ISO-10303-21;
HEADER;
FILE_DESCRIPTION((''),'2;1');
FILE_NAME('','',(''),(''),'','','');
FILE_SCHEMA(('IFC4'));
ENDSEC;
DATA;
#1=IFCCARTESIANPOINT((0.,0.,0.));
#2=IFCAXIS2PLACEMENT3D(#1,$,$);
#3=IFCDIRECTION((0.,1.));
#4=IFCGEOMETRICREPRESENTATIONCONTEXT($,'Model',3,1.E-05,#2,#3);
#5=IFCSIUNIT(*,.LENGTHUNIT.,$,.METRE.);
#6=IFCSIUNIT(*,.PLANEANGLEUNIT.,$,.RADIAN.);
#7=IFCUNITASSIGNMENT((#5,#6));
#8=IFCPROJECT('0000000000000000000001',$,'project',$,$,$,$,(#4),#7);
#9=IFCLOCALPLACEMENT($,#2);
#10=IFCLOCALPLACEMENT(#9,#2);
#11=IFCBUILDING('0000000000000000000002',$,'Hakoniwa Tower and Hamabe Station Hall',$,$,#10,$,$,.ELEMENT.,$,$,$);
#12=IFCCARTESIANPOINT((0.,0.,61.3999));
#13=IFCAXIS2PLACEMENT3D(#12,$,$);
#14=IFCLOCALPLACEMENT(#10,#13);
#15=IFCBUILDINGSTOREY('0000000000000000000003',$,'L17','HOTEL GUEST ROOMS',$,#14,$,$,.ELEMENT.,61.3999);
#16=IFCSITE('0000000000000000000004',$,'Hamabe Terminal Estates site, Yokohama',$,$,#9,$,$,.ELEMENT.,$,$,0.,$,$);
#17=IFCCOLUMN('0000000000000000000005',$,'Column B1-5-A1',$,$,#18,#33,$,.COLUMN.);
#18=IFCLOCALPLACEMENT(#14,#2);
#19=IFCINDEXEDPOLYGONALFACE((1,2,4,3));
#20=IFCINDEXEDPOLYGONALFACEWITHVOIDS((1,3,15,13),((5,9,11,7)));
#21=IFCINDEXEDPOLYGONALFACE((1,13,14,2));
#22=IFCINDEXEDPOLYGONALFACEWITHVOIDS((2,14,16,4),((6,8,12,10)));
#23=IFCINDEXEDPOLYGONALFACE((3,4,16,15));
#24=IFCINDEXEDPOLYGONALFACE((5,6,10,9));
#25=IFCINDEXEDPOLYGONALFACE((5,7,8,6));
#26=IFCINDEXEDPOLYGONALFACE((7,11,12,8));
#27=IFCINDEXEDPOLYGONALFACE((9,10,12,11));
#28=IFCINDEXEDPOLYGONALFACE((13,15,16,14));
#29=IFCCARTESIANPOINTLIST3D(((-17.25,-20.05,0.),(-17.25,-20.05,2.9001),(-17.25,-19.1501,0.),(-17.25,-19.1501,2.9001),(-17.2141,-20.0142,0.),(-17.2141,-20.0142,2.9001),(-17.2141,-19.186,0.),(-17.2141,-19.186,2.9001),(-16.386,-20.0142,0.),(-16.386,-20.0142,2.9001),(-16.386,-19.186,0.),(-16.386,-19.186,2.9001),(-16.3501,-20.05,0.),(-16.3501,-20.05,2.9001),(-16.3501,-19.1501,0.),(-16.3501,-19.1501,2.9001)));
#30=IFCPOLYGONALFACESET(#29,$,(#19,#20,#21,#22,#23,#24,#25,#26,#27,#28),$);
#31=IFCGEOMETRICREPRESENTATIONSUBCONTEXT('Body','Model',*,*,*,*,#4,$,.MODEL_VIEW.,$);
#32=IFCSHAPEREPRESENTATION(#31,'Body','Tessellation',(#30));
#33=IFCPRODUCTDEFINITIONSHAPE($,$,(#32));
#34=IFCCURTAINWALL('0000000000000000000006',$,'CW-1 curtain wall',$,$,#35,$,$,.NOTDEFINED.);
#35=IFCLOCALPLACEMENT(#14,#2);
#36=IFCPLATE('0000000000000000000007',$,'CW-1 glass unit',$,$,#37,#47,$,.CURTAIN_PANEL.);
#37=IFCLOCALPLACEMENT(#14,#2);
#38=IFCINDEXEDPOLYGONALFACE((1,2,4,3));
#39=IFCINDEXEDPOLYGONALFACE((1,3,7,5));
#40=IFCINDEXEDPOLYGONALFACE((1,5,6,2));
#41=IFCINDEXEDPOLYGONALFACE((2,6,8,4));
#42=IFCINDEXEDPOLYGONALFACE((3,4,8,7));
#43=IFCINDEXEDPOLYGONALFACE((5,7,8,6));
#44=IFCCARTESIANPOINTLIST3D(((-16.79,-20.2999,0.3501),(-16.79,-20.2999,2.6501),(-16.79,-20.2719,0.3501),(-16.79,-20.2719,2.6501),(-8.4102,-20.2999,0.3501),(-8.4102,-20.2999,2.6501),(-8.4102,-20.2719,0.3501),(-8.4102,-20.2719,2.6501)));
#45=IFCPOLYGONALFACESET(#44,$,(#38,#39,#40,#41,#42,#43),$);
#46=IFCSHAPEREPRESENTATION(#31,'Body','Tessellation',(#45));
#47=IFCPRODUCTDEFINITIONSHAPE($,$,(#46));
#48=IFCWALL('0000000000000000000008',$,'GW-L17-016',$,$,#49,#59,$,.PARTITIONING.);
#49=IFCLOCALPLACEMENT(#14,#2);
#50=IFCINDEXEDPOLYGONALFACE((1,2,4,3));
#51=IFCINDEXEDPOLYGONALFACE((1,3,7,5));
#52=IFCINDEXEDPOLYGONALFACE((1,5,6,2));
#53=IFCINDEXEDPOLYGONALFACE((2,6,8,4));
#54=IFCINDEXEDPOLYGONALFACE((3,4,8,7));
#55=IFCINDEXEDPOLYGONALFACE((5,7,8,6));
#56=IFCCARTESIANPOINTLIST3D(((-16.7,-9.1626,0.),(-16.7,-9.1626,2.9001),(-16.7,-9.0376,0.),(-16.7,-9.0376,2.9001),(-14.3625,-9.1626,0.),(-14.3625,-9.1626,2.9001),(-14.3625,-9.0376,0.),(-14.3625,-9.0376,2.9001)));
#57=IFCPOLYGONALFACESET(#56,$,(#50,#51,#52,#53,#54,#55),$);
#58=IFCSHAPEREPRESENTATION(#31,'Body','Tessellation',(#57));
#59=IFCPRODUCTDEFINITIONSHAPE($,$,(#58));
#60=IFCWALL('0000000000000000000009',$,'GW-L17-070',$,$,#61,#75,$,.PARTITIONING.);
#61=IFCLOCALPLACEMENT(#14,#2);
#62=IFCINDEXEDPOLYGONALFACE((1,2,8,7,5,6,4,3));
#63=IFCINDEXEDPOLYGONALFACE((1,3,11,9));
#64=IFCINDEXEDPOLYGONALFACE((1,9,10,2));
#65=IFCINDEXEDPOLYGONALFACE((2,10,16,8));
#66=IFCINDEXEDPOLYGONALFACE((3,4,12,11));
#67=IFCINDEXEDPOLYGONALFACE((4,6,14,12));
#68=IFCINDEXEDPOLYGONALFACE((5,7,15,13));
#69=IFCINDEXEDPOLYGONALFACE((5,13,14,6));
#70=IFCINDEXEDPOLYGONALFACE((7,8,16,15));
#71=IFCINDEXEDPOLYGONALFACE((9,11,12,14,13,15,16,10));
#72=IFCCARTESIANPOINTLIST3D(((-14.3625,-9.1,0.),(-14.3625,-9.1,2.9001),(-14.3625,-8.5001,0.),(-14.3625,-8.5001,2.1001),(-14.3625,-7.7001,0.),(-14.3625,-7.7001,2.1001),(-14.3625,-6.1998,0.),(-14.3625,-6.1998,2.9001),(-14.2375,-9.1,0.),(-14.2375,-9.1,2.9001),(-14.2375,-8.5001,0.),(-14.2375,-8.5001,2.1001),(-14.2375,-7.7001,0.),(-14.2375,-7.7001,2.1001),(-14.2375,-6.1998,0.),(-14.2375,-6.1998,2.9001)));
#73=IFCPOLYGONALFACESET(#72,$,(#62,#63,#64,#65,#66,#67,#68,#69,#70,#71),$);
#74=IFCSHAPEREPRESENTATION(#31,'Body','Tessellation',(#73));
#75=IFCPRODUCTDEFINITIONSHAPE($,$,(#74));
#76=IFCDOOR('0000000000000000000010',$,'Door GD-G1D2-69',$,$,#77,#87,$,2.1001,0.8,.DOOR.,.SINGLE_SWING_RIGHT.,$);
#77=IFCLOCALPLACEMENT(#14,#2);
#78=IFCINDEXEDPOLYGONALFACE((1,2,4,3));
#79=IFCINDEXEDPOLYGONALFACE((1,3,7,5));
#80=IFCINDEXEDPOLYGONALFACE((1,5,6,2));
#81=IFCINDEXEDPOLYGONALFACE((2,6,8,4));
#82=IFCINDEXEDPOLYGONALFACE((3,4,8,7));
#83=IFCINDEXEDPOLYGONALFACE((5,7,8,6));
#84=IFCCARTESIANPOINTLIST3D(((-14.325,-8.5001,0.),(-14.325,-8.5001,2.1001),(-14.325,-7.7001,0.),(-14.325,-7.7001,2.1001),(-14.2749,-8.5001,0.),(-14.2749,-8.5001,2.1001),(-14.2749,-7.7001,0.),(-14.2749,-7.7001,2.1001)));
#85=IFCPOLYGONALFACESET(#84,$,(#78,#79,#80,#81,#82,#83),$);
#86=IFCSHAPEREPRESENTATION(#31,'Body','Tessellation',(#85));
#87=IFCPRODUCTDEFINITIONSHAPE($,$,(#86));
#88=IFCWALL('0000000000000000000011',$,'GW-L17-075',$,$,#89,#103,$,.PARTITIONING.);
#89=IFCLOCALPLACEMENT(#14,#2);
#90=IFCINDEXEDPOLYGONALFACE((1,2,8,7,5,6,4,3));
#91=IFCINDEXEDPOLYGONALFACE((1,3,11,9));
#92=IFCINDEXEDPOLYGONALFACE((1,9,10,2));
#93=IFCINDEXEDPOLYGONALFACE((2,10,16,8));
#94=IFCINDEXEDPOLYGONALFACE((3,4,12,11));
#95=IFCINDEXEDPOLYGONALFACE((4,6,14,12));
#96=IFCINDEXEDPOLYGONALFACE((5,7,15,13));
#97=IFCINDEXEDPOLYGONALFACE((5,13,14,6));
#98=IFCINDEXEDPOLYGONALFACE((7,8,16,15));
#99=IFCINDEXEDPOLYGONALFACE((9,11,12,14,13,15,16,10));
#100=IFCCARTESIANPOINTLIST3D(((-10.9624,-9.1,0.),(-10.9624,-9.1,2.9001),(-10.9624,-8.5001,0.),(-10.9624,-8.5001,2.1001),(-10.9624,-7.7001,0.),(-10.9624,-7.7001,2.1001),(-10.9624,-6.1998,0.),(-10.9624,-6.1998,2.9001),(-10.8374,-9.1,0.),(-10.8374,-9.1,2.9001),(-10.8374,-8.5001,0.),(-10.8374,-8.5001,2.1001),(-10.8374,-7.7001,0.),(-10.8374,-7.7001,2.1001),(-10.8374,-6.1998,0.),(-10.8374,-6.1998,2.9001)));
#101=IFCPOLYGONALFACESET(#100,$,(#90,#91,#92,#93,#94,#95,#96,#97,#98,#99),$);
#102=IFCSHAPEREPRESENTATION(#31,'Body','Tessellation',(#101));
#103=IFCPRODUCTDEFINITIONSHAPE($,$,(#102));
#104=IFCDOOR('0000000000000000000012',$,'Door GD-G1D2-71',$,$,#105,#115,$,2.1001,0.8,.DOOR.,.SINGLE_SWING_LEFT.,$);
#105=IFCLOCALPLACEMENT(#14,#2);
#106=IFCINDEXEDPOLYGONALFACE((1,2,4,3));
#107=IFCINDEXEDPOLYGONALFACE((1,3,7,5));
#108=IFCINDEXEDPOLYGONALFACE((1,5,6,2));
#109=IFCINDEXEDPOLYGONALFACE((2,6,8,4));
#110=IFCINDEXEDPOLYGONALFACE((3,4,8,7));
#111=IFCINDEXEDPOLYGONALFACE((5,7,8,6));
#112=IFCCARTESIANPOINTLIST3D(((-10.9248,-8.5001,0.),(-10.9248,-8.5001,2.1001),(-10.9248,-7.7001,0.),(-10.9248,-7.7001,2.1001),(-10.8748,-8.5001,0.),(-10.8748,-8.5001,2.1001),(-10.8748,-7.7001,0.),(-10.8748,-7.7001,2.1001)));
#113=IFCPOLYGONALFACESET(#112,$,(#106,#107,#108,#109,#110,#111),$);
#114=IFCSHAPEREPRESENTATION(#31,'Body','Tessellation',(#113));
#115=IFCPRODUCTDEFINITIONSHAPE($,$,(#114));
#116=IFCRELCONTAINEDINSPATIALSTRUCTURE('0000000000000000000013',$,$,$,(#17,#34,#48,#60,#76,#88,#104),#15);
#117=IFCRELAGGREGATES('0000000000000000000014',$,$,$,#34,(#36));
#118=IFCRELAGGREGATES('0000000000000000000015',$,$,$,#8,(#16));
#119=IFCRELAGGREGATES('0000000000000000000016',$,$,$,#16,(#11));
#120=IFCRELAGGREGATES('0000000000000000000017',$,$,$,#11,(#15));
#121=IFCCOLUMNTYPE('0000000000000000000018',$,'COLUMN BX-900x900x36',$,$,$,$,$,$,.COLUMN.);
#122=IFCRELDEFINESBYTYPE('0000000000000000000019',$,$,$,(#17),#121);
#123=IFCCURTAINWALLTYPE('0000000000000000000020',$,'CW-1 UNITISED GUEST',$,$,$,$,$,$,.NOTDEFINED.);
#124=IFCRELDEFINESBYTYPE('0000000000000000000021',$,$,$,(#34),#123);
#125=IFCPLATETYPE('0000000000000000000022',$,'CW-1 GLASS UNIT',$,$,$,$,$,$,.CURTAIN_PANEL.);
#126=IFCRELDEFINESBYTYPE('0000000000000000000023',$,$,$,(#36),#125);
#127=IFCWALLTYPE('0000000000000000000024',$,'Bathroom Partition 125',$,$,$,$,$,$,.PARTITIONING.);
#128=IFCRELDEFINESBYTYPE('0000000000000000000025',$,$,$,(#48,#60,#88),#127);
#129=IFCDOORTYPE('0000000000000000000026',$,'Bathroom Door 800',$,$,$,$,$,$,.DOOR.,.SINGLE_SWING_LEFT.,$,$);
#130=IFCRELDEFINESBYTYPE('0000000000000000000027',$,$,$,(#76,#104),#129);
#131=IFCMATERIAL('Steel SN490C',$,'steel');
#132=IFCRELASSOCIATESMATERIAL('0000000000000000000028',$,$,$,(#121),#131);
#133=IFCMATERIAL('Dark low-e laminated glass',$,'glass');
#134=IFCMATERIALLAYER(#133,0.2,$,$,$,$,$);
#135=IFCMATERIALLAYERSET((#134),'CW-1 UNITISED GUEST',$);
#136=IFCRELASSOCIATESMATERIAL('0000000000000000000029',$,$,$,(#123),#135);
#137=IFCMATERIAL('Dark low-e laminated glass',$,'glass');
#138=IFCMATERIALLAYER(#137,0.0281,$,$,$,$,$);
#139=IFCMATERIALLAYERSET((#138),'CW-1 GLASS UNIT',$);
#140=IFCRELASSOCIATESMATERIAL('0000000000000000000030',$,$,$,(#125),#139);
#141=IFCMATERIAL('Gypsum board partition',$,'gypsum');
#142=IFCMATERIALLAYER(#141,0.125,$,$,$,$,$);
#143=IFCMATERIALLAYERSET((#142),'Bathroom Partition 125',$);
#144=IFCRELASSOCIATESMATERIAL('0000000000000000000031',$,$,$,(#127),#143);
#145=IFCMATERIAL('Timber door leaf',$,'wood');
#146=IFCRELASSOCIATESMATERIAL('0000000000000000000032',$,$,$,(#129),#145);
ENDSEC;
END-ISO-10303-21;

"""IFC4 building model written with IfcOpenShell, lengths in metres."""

from ifc_helpers import new_model, si_unit, direction, frame, frame_2d, origin, origin_2d, place, context, subcontext, project, spatial, rectangle, hollow_rectangle, extrude, material, layer, layer_set, material_profile, profile_set, type_object, element, fill, aggregate, save


model = new_model("IFC4")

# Units and contexts
model_context = context("Model", 3, precision=1e-05, world=origin(), true_north=direction((0.0, 1.0)))
body_context = subcontext(model_context, "Body", "Model", "MODEL_VIEW")
ifc_project = project(units=[si_unit("LENGTHUNIT", "METRE"), si_unit("PLANEANGLEUNIT", "RADIAN")], contexts=[model_context])

# Site, building, storey
site_placement = place(None, origin())
site = spatial("IfcSite", under=ifc_project, at=site_placement, Name="Hamabe Terminal Estates site, Yokohama", CompositionType="ELEMENT", RefElevation=0.0)
building_placement = place(site_placement, origin())
building = spatial("IfcBuilding", under=site, at=building_placement, Name="Hakoniwa Tower and Hamabe Station Hall", CompositionType="ELEMENT")
storey_placement = place(building_placement, frame((0.0, 0.0, 61.3999)))
storey = spatial("IfcBuildingStorey", under=building, at=storey_placement, Name="L17", Description="HOTEL GUEST ROOMS", CompositionType="ELEMENT", Elevation=61.3999)

# Column
ifc_material_1 = material(Name="Steel SN490C", Category="steel")
ifc_material_profile = material_profile(ifc_material_1, hollow_rectangle(XDim=0.8999, YDim=0.8999, WallThickness=0.0359, at=origin_2d()), Name="BX-900x900x36")
ifc_profile_set = profile_set([ifc_material_profile], Name="Steel SN490C")
column_type = type_object("IfcColumnType", Name="COLUMN BX-900x900x36", PredefinedType="COLUMN", material=ifc_profile_set)
column_placement = place(storey_placement, frame((-16.8, -19.6001, 0.0), z_axis=(0.0, 0.0, 1.0), x_axis=(1.0, 0.0, 0.0)))
element("IfcColumn", 1, at=column_placement, inside=storey, type_object=column_type, Name="Column B1-5-A1", PredefinedType="COLUMN", context=body_context, shape_type="SweptSolid", body=[
    extrude(hollow_rectangle(XDim=0.8999, YDim=0.8999, WallThickness=0.0359, at=origin_2d()), origin(), (0.0, 0.0, 1.0), 2.9001),
])

# Curtain wall, plate
ifc_material_2 = material(Name="Dark low-e laminated glass", Category="glass")
ifc_layer_1 = layer(ifc_material_2, 0.2)
ifc_layer_set_1 = layer_set([ifc_layer_1], Name="CW-1 UNITISED GUEST")
curtain_wall_type = type_object("IfcCurtainWallType", Name="CW-1 UNITISED GUEST", PredefinedType="NOTDEFINED", material=ifc_layer_set_1)
curtain_wall_placement = place(storey_placement, origin())
curtain_wall = element("IfcCurtainWall", 2, at=curtain_wall_placement, inside=storey, type_object=curtain_wall_type, Name="CW-1 curtain wall", PredefinedType="NOTDEFINED")
ifc_material_3 = material(Name="Dark low-e laminated glass", Category="glass")
ifc_layer_2 = layer(ifc_material_3, 0.0281)
ifc_layer_set_2 = layer_set([ifc_layer_2], Name="CW-1 GLASS UNIT")
plate_type = type_object("IfcPlateType", Name="CW-1 GLASS UNIT", PredefinedType="CURTAIN_PANEL", material=ifc_layer_set_2)
plate_placement = place(storey_placement, frame((-12.6001, -20.2859, 0.3501), z_axis=(0.0, 0.0, 1.0), x_axis=(1.0, 0.0, 0.0)))
plate = element("IfcPlate", 3, at=plate_placement, type_object=plate_type, Name="CW-1 glass unit", PredefinedType="CURTAIN_PANEL", context=body_context, shape_type="SweptSolid", body=[
    extrude(rectangle(XDim=8.3799, YDim=0.0281, at=origin_2d()), origin(), (0.0, 0.0, 1.0), 2.3),
])
aggregate(curtain_wall, [plate])

# Wall
ifc_material_4 = material(Name="Gypsum board partition", Category="gypsum")
ifc_layer_3 = layer(ifc_material_4, 0.125)
ifc_layer_set_3 = layer_set([ifc_layer_3], Name="Bathroom Partition 125")
wall_type_1 = type_object("IfcWallType", Name="Bathroom Partition 125", PredefinedType="PARTITIONING", material=ifc_layer_set_3)
wall_1_placement = place(storey_placement, frame((-16.7, -9.1001, 0.0), z_axis=(0.0, 0.0, 1.0), x_axis=(1.0, 0.0, 0.0)))
element("IfcWall", 4, at=wall_1_placement, inside=storey, type_object=wall_type_1, Name="GW-L17-016", PredefinedType="PARTITIONING", context=body_context, shape_type="SweptSolid", body=[
    extrude(rectangle(XDim=2.3374, YDim=0.125, at=frame_2d((1.1687, 0.0))), origin(), (0.0, 0.0, 1.0), 2.9001),
])

# Walls, openings, doors
wall_2_placement = place(storey_placement, frame((-14.3, -9.1001, 0.0), z_axis=(0.0, 0.0, 1.0), x_axis=(0.0, 1.0, 0.0)))
wall_2 = element("IfcWall", 5, at=wall_2_placement, inside=storey, type_object=wall_type_1, Name="GW-L17-070", PredefinedType="PARTITIONING", context=body_context, shape_type="SweptSolid", body=[
    extrude(rectangle(XDim=2.9001, YDim=0.125, at=frame_2d((1.4502, 0.0))), origin(), (0.0, 0.0, 1.0), 2.9001),
])
opening_1_placement = place(wall_2_placement, frame((0.6001, 0.0, 0.0)))
opening_1 = element("IfcOpeningElement", 6, at=opening_1_placement, cuts=wall_2, PredefinedType="OPENING", context=body_context, shape_type="SweptSolid", body=[
    extrude(rectangle(XDim=0.8, YDim=2.1001, at=frame_2d((0.3999, 1.05))), frame((0.0, 0.0725, 0.0), z_axis=(0.0, -1.0, 0.0), x_axis=(1.0, 0.0, 0.0)), (0.0, 0.0, 1.0), 0.145),
])
ifc_material_5 = material(Name="Timber door leaf", Category="wood")
door_type_1 = type_object("IfcDoorType", Name="Bathroom Door 800", OperationType="SINGLE_SWING_LEFT", PredefinedType="DOOR", material=ifc_material_5)
door_1_placement = place(opening_1_placement, origin())
door_1 = element("IfcDoor", 7, at=door_1_placement, inside=storey, type_object=door_type_1, Name="Door GD-G1D2-69", OperationType="SINGLE_SWING_RIGHT", OverallHeight=2.1001, OverallWidth=0.8, PredefinedType="DOOR", context=body_context, shape_type="SweptSolid", body=[
    extrude(rectangle(XDim=0.8, YDim=2.1001, at=frame_2d((0.3999, 1.05))), frame((0.0, 0.0249, 0.0), z_axis=(0.0, -1.0, 0.0), x_axis=(1.0, 0.0, 0.0)), (0.0, 0.0, 1.0), 0.05),
])
fill(opening_1, door_1)
wall_3_placement = place(storey_placement, frame((-10.8999, -9.1001, 0.0), z_axis=(0.0, 0.0, 1.0), x_axis=(0.0, 1.0, 0.0)))
wall_3 = element("IfcWall", 8, at=wall_3_placement, inside=storey, type_object=wall_type_1, Name="GW-L17-075", PredefinedType="PARTITIONING", context=body_context, shape_type="SweptSolid", body=[
    extrude(rectangle(XDim=2.9001, YDim=0.125, at=frame_2d((1.4502, 0.0))), origin(), (0.0, 0.0, 1.0), 2.9001),
])
opening_2_placement = place(wall_3_placement, frame((0.6001, 0.0, 0.0)))
opening_2 = element("IfcOpeningElement", 9, at=opening_2_placement, cuts=wall_3, PredefinedType="OPENING", context=body_context, shape_type="SweptSolid", body=[
    extrude(rectangle(XDim=0.8, YDim=2.1001, at=frame_2d((0.3999, 1.05))), frame((0.0, 0.0725, 0.0), z_axis=(0.0, -1.0, 0.0), x_axis=(1.0, 0.0, 0.0)), (0.0, 0.0, 1.0), 0.145),
])
door_2_placement = place(opening_2_placement, origin())
door_2 = element("IfcDoor", 10, at=door_2_placement, inside=storey, type_object=door_type_1, Name="Door GD-G1D2-71", OperationType="SINGLE_SWING_LEFT", OverallHeight=2.1001, OverallWidth=0.8, PredefinedType="DOOR", context=body_context, shape_type="SweptSolid", body=[
    extrude(rectangle(XDim=0.8, YDim=2.1001, at=frame_2d((0.3999, 1.05))), frame((0.0, 0.0249, 0.0), z_axis=(0.0, -1.0, 0.0), x_axis=(1.0, 0.0, 0.0)), (0.0, 0.0, 1.0), 0.05),
])
fill(opening_2, door_2)

save(model, "model.ifc")
